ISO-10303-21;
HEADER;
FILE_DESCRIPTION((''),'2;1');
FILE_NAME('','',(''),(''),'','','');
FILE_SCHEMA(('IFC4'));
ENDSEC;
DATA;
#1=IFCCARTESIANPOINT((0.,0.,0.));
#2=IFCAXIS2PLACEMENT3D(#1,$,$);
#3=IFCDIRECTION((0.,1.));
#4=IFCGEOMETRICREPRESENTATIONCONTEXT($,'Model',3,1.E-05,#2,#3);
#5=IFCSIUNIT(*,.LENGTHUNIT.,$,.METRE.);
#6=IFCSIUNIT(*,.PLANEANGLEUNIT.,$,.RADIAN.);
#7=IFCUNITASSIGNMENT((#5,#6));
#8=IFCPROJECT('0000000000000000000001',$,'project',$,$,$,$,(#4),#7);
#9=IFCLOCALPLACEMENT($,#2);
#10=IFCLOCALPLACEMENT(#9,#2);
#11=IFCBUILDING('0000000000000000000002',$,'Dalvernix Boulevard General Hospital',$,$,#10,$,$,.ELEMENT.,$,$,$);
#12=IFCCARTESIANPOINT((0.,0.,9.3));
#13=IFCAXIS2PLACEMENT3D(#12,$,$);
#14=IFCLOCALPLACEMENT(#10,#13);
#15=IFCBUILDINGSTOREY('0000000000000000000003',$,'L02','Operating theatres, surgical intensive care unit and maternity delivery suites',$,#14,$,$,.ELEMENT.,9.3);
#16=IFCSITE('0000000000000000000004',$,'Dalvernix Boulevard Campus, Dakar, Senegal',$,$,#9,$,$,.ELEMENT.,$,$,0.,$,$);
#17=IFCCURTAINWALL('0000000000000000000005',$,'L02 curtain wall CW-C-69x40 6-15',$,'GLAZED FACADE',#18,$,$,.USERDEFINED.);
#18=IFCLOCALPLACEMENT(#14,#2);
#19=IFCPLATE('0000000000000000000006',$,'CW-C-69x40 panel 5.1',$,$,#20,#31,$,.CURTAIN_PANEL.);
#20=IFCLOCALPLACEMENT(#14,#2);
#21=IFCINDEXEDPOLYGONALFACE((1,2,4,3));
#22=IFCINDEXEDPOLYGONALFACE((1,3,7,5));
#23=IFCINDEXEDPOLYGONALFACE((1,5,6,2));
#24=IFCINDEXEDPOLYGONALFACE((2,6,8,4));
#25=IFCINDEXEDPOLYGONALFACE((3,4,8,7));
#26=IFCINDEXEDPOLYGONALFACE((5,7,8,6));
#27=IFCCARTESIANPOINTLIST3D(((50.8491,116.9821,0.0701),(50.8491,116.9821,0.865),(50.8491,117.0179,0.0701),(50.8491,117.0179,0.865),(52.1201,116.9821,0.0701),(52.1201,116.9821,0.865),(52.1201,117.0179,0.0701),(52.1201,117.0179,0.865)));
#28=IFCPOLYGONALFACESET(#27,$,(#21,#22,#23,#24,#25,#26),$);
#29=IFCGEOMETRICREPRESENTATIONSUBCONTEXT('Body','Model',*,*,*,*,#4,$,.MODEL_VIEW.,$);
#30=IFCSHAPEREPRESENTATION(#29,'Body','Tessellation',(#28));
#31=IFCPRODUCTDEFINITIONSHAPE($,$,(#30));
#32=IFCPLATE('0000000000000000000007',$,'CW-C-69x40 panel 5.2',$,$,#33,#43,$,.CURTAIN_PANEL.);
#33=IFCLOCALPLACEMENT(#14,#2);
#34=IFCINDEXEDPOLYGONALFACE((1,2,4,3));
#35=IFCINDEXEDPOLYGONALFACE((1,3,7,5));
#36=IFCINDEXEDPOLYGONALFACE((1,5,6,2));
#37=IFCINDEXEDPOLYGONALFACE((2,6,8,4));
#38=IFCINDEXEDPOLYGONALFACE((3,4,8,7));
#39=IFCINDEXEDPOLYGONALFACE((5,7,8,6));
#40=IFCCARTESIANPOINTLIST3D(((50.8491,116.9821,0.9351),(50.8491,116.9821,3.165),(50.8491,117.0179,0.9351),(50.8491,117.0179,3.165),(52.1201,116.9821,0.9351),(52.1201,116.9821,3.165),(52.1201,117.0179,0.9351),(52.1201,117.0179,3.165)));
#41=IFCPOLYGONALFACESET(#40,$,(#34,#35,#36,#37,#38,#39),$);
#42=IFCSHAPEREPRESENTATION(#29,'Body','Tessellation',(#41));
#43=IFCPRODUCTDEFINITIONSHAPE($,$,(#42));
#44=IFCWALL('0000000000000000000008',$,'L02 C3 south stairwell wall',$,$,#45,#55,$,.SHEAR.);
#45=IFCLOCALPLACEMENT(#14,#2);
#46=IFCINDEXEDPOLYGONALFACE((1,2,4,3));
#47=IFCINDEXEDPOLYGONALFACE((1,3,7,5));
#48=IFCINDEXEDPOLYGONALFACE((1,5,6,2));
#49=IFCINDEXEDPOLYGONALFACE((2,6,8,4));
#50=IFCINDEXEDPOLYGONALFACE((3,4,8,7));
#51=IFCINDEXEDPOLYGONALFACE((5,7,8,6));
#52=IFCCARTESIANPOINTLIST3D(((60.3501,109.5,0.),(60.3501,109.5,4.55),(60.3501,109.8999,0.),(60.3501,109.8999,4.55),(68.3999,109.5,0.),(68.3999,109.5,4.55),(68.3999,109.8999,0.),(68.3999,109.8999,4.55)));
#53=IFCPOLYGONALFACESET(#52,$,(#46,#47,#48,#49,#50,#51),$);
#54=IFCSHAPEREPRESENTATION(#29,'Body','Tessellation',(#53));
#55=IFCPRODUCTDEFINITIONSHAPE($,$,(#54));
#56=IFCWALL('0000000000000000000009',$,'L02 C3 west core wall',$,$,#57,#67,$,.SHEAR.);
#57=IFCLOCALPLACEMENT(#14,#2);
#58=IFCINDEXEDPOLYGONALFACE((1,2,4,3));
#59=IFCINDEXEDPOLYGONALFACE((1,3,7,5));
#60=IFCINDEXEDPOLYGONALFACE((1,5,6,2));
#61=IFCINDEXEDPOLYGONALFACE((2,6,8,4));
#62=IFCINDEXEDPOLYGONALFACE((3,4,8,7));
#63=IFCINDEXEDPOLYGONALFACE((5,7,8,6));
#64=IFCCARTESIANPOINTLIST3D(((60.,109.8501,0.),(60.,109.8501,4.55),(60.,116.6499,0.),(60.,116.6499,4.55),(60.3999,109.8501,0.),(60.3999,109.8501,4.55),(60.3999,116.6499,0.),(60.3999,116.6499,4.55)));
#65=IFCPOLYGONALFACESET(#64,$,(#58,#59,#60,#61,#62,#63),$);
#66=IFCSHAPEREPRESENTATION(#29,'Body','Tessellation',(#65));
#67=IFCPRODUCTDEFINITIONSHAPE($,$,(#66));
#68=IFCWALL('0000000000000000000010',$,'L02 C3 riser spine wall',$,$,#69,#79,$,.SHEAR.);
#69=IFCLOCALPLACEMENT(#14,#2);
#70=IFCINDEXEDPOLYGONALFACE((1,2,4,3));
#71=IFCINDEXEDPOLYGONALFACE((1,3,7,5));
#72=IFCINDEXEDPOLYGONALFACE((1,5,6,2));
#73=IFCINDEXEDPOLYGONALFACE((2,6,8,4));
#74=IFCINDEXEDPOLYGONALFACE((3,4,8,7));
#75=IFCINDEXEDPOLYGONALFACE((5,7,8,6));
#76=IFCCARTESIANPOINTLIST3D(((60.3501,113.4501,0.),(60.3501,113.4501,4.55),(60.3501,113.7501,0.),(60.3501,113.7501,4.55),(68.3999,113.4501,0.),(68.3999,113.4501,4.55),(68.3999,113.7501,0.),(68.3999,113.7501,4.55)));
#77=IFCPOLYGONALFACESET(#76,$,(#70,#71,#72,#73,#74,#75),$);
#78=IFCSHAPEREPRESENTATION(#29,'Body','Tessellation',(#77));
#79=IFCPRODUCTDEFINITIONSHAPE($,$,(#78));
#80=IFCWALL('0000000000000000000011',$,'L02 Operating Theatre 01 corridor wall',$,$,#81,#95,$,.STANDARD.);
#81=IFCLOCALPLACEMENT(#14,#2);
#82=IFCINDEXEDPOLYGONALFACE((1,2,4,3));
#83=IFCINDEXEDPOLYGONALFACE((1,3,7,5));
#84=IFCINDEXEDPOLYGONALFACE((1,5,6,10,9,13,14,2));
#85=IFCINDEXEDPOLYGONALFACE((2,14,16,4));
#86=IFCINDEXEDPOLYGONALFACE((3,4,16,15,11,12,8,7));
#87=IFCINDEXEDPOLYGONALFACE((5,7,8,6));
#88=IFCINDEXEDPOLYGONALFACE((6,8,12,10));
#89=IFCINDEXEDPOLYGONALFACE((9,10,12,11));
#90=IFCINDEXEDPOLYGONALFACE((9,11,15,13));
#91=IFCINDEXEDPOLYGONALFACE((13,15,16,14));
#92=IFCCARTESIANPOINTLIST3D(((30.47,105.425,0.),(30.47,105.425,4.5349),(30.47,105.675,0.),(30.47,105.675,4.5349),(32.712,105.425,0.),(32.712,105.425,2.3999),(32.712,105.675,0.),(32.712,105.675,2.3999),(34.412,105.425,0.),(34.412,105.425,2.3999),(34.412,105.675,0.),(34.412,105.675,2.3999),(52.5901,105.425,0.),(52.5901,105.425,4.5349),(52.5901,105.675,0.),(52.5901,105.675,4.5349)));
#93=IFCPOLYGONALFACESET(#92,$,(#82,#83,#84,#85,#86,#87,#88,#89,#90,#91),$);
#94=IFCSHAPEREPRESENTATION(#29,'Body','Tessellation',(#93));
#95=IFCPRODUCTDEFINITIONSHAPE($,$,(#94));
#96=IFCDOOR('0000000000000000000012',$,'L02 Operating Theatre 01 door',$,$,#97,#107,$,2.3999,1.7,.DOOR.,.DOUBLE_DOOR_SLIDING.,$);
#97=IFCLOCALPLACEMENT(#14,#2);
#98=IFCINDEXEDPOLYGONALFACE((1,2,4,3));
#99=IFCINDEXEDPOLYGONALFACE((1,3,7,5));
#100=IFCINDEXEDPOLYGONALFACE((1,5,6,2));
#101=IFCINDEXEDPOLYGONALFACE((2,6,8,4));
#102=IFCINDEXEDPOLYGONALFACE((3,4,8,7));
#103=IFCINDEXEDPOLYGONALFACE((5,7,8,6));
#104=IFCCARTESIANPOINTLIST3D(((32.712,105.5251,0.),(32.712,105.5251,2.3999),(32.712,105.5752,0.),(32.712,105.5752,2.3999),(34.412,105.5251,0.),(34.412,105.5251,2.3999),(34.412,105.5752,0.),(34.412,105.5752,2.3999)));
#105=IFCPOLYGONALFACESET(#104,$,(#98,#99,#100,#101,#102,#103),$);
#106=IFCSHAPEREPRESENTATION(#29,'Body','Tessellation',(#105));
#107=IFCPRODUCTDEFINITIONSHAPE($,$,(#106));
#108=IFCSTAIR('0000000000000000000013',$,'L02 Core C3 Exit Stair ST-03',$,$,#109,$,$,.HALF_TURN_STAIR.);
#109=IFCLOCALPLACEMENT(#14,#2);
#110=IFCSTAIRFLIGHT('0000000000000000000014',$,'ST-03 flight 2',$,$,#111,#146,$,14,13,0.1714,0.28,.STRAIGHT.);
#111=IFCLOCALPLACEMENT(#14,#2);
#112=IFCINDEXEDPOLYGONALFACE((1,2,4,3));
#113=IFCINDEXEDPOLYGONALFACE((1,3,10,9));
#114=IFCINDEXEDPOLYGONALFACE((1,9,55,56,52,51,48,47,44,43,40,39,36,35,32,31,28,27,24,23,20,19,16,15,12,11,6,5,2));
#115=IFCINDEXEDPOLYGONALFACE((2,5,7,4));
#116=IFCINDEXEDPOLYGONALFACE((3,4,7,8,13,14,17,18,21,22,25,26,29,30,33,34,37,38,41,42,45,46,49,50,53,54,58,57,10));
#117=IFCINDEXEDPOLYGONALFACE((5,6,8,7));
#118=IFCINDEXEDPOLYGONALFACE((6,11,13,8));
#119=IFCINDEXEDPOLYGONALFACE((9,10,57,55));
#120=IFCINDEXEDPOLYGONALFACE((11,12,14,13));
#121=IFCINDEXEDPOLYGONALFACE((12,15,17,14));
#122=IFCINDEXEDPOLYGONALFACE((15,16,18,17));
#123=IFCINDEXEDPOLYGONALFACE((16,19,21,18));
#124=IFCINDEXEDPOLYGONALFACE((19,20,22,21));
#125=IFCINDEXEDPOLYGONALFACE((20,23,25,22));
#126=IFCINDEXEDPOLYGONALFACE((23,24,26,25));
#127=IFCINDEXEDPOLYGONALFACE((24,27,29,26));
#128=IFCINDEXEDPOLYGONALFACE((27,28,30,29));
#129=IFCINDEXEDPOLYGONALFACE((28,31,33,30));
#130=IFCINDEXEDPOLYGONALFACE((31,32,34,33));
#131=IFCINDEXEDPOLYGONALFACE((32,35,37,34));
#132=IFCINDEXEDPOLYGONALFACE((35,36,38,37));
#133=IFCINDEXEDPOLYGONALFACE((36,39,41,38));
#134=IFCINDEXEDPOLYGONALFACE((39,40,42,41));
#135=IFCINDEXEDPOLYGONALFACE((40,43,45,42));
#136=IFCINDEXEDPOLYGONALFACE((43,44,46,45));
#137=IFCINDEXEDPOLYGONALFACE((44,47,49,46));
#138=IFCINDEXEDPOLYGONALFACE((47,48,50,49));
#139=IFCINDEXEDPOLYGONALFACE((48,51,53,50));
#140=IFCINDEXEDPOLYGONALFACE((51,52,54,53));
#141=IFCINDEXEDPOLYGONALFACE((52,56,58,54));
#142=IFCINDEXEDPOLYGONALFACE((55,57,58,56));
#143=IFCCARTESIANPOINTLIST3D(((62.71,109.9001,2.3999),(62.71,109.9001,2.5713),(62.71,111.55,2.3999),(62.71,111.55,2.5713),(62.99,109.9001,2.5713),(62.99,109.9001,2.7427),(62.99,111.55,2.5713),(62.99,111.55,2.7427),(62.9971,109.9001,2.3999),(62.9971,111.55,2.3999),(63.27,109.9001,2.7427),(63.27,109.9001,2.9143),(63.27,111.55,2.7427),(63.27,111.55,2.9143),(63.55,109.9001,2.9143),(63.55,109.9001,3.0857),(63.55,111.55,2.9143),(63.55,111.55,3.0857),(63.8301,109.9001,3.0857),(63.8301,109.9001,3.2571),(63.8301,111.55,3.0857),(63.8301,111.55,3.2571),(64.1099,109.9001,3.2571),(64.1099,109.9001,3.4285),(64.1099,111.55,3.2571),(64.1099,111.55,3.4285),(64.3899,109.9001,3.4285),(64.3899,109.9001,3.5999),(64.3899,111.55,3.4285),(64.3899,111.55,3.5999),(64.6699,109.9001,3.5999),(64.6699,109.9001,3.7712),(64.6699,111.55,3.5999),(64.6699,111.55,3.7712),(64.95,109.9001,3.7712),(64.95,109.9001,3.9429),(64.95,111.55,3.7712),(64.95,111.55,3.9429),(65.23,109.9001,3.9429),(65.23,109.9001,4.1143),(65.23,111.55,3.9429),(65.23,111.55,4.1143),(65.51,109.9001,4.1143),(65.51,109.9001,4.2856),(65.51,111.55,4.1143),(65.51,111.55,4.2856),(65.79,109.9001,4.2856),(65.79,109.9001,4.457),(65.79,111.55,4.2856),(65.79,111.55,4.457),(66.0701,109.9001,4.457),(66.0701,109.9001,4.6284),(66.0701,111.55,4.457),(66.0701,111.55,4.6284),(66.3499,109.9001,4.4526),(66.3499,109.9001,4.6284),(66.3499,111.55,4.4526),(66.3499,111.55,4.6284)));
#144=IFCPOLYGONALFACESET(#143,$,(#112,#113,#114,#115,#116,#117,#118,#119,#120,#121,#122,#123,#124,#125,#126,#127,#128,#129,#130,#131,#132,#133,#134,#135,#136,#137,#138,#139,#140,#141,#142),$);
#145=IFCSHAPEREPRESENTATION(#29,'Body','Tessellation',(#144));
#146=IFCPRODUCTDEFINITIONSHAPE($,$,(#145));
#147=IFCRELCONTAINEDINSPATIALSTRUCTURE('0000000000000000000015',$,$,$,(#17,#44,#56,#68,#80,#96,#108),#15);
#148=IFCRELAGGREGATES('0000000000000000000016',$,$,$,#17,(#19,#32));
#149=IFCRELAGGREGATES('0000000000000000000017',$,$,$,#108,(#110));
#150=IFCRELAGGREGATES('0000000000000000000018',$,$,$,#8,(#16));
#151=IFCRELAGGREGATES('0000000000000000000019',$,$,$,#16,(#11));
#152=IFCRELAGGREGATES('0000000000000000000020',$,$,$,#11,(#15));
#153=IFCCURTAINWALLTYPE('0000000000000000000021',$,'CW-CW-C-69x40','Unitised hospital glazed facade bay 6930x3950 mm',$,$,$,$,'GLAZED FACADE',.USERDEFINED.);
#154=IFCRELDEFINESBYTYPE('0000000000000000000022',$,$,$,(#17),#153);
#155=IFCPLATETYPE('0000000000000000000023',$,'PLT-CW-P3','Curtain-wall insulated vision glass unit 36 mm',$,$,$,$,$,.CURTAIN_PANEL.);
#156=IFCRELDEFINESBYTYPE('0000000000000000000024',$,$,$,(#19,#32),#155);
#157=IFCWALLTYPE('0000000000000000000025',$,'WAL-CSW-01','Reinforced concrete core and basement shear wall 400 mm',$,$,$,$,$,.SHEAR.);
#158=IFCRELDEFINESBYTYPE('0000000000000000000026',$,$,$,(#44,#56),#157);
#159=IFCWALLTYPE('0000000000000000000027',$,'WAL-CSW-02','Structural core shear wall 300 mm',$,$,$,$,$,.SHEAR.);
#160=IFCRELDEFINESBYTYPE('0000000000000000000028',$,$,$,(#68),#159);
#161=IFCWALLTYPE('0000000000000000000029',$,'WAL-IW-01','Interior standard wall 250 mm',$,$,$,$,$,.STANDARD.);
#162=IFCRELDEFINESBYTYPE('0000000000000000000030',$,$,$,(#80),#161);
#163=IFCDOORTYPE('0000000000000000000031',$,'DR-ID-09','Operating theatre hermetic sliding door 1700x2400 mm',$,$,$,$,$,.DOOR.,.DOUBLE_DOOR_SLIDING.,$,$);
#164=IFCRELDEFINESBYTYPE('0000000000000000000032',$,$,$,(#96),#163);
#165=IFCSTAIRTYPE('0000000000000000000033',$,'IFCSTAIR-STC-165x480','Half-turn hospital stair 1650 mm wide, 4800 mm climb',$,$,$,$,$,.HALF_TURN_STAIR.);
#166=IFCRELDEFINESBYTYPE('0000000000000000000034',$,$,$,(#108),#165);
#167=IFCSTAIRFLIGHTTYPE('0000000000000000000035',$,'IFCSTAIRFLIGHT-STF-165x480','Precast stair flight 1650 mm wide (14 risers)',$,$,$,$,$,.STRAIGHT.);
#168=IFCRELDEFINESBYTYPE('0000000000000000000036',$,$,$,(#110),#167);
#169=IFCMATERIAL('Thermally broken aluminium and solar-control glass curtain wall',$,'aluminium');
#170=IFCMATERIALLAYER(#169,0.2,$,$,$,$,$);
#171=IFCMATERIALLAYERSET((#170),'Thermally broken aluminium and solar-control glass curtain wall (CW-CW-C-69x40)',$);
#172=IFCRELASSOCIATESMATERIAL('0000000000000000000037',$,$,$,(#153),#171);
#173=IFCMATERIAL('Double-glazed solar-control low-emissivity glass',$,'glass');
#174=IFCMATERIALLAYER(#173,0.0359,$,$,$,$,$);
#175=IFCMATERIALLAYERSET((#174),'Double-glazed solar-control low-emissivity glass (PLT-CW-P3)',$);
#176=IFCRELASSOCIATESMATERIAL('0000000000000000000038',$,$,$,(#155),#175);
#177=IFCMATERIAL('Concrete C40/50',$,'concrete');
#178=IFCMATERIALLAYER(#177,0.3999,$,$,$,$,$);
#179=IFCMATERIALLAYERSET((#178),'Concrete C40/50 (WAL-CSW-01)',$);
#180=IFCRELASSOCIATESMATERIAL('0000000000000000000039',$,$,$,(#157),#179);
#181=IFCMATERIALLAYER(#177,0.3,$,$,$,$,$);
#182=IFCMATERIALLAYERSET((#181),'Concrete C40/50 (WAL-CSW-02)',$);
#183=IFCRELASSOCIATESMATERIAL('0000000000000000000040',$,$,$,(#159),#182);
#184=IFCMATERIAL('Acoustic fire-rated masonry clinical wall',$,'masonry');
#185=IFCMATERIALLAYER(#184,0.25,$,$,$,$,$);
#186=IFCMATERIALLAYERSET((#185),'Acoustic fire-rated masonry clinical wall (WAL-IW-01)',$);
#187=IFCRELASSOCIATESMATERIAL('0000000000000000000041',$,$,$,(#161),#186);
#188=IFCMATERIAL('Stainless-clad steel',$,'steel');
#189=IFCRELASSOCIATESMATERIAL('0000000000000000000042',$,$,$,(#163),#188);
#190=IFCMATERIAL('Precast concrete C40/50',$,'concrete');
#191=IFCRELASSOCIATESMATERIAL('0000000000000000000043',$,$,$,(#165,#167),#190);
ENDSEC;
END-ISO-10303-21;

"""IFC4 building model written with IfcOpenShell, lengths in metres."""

from ifc_helpers import new_model, si_unit, direction, frame, frame_2d, origin, origin_2d, place, context, subcontext, project, spatial, polyline, rectangle, outline, extrude, material, layer, layer_set, type_object, element, fill, aggregate, save


model = new_model("IFC4")

# Units and contexts
model_context = context("Model", 3, precision=1e-05, world=origin(), true_north=direction((0.0, 1.0)))
body_context = subcontext(model_context, "Body", "Model", "MODEL_VIEW")
ifc_project = project(units=[si_unit("LENGTHUNIT", "METRE"), si_unit("PLANEANGLEUNIT", "RADIAN")], contexts=[model_context])

# Site, building, storey
site_placement = place(None, origin())
site = spatial("IfcSite", under=ifc_project, at=site_placement, Name="Dalvernix Boulevard Campus, Dakar, Senegal", CompositionType="ELEMENT", RefElevation=0.0)
building_placement = place(site_placement, origin())
building = spatial("IfcBuilding", under=site, at=building_placement, Name="Dalvernix Boulevard General Hospital", CompositionType="ELEMENT")
storey_placement = place(building_placement, frame((0.0, 0.0, 9.3)))
storey = spatial("IfcBuildingStorey", under=building, at=storey_placement, Name="L02", Description="Operating theatres, surgical intensive care unit and maternity delivery suites", CompositionType="ELEMENT", Elevation=9.3)

# Shared definitions
ifc_material_1 = material(Name="Concrete C40/50", Category="concrete")

# Curtain wall, plates
ifc_material_2 = material(Name="Thermally broken aluminium and solar-control glass curtain wall", Category="aluminium")
ifc_layer_1 = layer(ifc_material_2, 0.2)
ifc_layer_set_1 = layer_set([ifc_layer_1], Name="Thermally broken aluminium and solar-control glass curtain wall (CW-CW-C-69x40)")
curtain_wall_type = type_object("IfcCurtainWallType", Name="CW-CW-C-69x40", Description="Unitised hospital glazed facade bay 6930x3950 mm", ElementType="GLAZED FACADE", PredefinedType="USERDEFINED", material=ifc_layer_set_1)
curtain_wall_placement = place(storey_placement, origin())
curtain_wall = element("IfcCurtainWall", 1, at=curtain_wall_placement, inside=storey, type_object=curtain_wall_type, Name="L02 curtain wall CW-C-69x40 6-15", ObjectType="GLAZED FACADE", PredefinedType="USERDEFINED")
ifc_material_3 = material(Name="Double-glazed solar-control low-emissivity glass", Category="glass")
ifc_layer_2 = layer(ifc_material_3, 0.0359)
ifc_layer_set_2 = layer_set([ifc_layer_2], Name="Double-glazed solar-control low-emissivity glass (PLT-CW-P3)")
plate_type = type_object("IfcPlateType", Name="PLT-CW-P3", Description="Curtain-wall insulated vision glass unit 36 mm", PredefinedType="CURTAIN_PANEL", material=ifc_layer_set_2)
plate_1_placement = place(storey_placement, frame((51.4846, 117.0, 0.0701), z_axis=(0.0, 0.0, 1.0), x_axis=(1.0, 0.0, 0.0)))
plate_1 = element("IfcPlate", 2, at=plate_1_placement, type_object=plate_type, Name="CW-C-69x40 panel 5.1", PredefinedType="CURTAIN_PANEL", context=body_context, shape_type="SweptSolid", body=[
    extrude(rectangle(XDim=1.271, YDim=0.0359, at=origin_2d()), origin(), (0.0, 0.0, 1.0), 0.7949),
])
plate_2_placement = place(storey_placement, frame((51.4846, 117.0, 0.9351), z_axis=(0.0, 0.0, 1.0), x_axis=(1.0, 0.0, 0.0)))
plate_2 = element("IfcPlate", 3, at=plate_2_placement, type_object=plate_type, Name="CW-C-69x40 panel 5.2", PredefinedType="CURTAIN_PANEL", context=body_context, shape_type="SweptSolid", body=[
    extrude(rectangle(XDim=1.271, YDim=0.0359, at=origin_2d()), origin(), (0.0, 0.0, 1.0), 2.23),
])
aggregate(curtain_wall, [plate_1, plate_2])

# Walls
ifc_layer_3 = layer(ifc_material_1, 0.3999)
ifc_layer_set_3 = layer_set([ifc_layer_3], Name="Concrete C40/50 (WAL-CSW-01)")
wall_type_1 = type_object("IfcWallType", Name="WAL-CSW-01", Description="Reinforced concrete core and basement shear wall 400 mm", PredefinedType="SHEAR", material=ifc_layer_set_3)
wall_1_placement = place(storey_placement, frame((60.3501, 109.7, 0.0), z_axis=(0.0, 0.0, 1.0), x_axis=(1.0, 0.0, 0.0)))
element("IfcWall", 4, at=wall_1_placement, inside=storey, type_object=wall_type_1, Name="L02 C3 south stairwell wall", PredefinedType="SHEAR", context=body_context, shape_type="SweptSolid", body=[
    extrude(rectangle(XDim=8.0498, YDim=0.3999, at=frame_2d((4.0249, 0.0))), origin(), (0.0, 0.0, 1.0), 4.55),
])
wall_2_placement = place(storey_placement, frame((60.2, 109.8501, 0.0), z_axis=(0.0, 0.0, 1.0), x_axis=(0.0, 1.0, 0.0)))
element("IfcWall", 5, at=wall_2_placement, inside=storey, type_object=wall_type_1, Name="L02 C3 west core wall", PredefinedType="SHEAR", context=body_context, shape_type="SweptSolid", body=[
    extrude(rectangle(XDim=6.7998, YDim=0.3999, at=frame_2d((3.3999, 0.0))), origin(), (0.0, 0.0, 1.0), 4.55),
])
ifc_layer_4 = layer(ifc_material_1, 0.3)
ifc_layer_set_4 = layer_set([ifc_layer_4], Name="Concrete C40/50 (WAL-CSW-02)")
wall_type_2 = type_object("IfcWallType", Name="WAL-CSW-02", Description="Structural core shear wall 300 mm", PredefinedType="SHEAR", material=ifc_layer_set_4)
wall_3_placement = place(storey_placement, frame((60.3501, 113.6001, 0.0), z_axis=(0.0, 0.0, 1.0), x_axis=(1.0, 0.0, 0.0)))
element("IfcWall", 6, at=wall_3_placement, inside=storey, type_object=wall_type_2, Name="L02 C3 riser spine wall", PredefinedType="SHEAR", context=body_context, shape_type="SweptSolid", body=[
    extrude(rectangle(XDim=8.0498, YDim=0.3, at=frame_2d((4.0249, 0.0))), origin(), (0.0, 0.0, 1.0), 4.55),
])

# Wall, opening, door
ifc_material_4 = material(Name="Acoustic fire-rated masonry clinical wall", Category="masonry")
ifc_layer_5 = layer(ifc_material_4, 0.25)
ifc_layer_set_5 = layer_set([ifc_layer_5], Name="Acoustic fire-rated masonry clinical wall (WAL-IW-01)")
wall_type_3 = type_object("IfcWallType", Name="WAL-IW-01", Description="Interior standard wall 250 mm", PredefinedType="STANDARD", material=ifc_layer_set_5)
wall_4_placement = place(storey_placement, frame((52.5901, 105.55, 0.0), z_axis=(0.0, 0.0, 1.0), x_axis=(-1.0, 0.0, 0.0)))
wall_4 = element("IfcWall", 7, at=wall_4_placement, inside=storey, type_object=wall_type_3, Name="L02 Operating Theatre 01 corridor wall", PredefinedType="STANDARD", context=body_context, shape_type="SweptSolid", body=[
    extrude(rectangle(XDim=22.1201, YDim=0.25, at=frame_2d((11.0601, 0.0))), origin(), (0.0, 0.0, 1.0), 4.5349),
])
opening_placement = place(wall_4_placement, frame((18.178, 0.0, 0.0)))
opening = element("IfcOpeningElement", 8, at=opening_placement, cuts=wall_4, PredefinedType="OPENING", context=body_context, shape_type="SweptSolid", body=[
    extrude(rectangle(XDim=1.7, YDim=2.3999, at=frame_2d((0.8501, 1.2))), frame((0.0, 0.135, 0.0), z_axis=(0.0, -1.0, 0.0), x_axis=(1.0, 0.0, 0.0)), (0.0, 0.0, 1.0), 0.27),
])
ifc_material_5 = material(Name="Stainless-clad steel", Category="steel")
door_type = type_object("IfcDoorType", Name="DR-ID-09", Description="Operating theatre hermetic sliding door 1700x2400 mm", OperationType="DOUBLE_DOOR_SLIDING", PredefinedType="DOOR", material=ifc_material_5)
door_placement = place(opening_placement, origin())
door = element("IfcDoor", 9, at=door_placement, inside=storey, type_object=door_type, Name="L02 Operating Theatre 01 door", OperationType="DOUBLE_DOOR_SLIDING", OverallHeight=2.3999, OverallWidth=1.7, PredefinedType="DOOR", context=body_context, shape_type="SweptSolid", body=[
    extrude(rectangle(XDim=1.7, YDim=2.3999, at=frame_2d((0.8501, 1.2))), frame((0.0, 0.0249, 0.0), z_axis=(0.0, -1.0, 0.0), x_axis=(1.0, 0.0, 0.0)), (0.0, 0.0, 1.0), 0.05),
])
fill(opening, door)

# Stair, stair flight
ifc_material_6 = material(Name="Precast concrete C40/50", Category="concrete")
stair_type = type_object("IfcStairType", Name="IFCSTAIR-STC-165x480", Description="Half-turn hospital stair 1650 mm wide, 4800 mm climb", PredefinedType="HALF_TURN_STAIR", material=ifc_material_6)
stair_placement = place(storey_placement, origin())
stair = element("IfcStair", 10, at=stair_placement, inside=storey, type_object=stair_type, Name="L02 Core C3 Exit Stair ST-03", PredefinedType="HALF_TURN_STAIR")
stair_flight_type = type_object("IfcStairFlightType", Name="IFCSTAIRFLIGHT-STF-165x480", Description="Precast stair flight 1650 mm wide (14 risers)", PredefinedType="STRAIGHT", material=ifc_material_6)
stair_flight_placement = place(storey_placement, frame((62.71, 110.7251, 2.3999), z_axis=(0.0, 0.0, 1.0), x_axis=(1.0, 0.0, 0.0)))
stair_flight = element("IfcStairFlight", 11, at=stair_flight_placement, type_object=stair_flight_type, Name="ST-03 flight 2", NumberOfRisers=14, NumberOfTreads=13, PredefinedType="STRAIGHT", RiserHeight=0.1714, TreadLength=0.28, context=body_context, shape_type="SweptSolid", body=[
    extrude(outline(polyline([(0.0, 0.0), (0.0, 0.1714), (0.28, 0.1714), (0.28, 0.3428), (0.5601, 0.3428), (0.5601, 0.5144), (0.8401, 0.5144), (0.8401, 0.6858), (1.1201, 0.6858), (1.1201, 0.8572), (1.3999, 0.8572), (1.3999, 1.0286), (1.6799, 1.0286), (1.6799, 1.2), (1.96, 1.2), (1.96, 1.3713), (2.24, 1.3713), (2.24, 1.543), (2.52, 1.543), (2.52, 1.7144), (2.8, 1.7144), (2.8, 1.8857), (3.0801, 1.8857), (3.0801, 2.0571), (3.3601, 2.0571), (3.3601, 2.2285), (3.6399, 2.2285), (3.6399, 2.3999), (3.6399, 2.0527), (0.2871, 0.0), (0.0, 0.0)])), frame((0.0, 0.825, 0.0), z_axis=(0.0, -1.0, 0.0), x_axis=(1.0, 0.0, 0.0)), (0.0, 0.0, 1.0), 1.6499),
])
aggregate(stair, [stair_flight])

save(model, "model.ifc")
